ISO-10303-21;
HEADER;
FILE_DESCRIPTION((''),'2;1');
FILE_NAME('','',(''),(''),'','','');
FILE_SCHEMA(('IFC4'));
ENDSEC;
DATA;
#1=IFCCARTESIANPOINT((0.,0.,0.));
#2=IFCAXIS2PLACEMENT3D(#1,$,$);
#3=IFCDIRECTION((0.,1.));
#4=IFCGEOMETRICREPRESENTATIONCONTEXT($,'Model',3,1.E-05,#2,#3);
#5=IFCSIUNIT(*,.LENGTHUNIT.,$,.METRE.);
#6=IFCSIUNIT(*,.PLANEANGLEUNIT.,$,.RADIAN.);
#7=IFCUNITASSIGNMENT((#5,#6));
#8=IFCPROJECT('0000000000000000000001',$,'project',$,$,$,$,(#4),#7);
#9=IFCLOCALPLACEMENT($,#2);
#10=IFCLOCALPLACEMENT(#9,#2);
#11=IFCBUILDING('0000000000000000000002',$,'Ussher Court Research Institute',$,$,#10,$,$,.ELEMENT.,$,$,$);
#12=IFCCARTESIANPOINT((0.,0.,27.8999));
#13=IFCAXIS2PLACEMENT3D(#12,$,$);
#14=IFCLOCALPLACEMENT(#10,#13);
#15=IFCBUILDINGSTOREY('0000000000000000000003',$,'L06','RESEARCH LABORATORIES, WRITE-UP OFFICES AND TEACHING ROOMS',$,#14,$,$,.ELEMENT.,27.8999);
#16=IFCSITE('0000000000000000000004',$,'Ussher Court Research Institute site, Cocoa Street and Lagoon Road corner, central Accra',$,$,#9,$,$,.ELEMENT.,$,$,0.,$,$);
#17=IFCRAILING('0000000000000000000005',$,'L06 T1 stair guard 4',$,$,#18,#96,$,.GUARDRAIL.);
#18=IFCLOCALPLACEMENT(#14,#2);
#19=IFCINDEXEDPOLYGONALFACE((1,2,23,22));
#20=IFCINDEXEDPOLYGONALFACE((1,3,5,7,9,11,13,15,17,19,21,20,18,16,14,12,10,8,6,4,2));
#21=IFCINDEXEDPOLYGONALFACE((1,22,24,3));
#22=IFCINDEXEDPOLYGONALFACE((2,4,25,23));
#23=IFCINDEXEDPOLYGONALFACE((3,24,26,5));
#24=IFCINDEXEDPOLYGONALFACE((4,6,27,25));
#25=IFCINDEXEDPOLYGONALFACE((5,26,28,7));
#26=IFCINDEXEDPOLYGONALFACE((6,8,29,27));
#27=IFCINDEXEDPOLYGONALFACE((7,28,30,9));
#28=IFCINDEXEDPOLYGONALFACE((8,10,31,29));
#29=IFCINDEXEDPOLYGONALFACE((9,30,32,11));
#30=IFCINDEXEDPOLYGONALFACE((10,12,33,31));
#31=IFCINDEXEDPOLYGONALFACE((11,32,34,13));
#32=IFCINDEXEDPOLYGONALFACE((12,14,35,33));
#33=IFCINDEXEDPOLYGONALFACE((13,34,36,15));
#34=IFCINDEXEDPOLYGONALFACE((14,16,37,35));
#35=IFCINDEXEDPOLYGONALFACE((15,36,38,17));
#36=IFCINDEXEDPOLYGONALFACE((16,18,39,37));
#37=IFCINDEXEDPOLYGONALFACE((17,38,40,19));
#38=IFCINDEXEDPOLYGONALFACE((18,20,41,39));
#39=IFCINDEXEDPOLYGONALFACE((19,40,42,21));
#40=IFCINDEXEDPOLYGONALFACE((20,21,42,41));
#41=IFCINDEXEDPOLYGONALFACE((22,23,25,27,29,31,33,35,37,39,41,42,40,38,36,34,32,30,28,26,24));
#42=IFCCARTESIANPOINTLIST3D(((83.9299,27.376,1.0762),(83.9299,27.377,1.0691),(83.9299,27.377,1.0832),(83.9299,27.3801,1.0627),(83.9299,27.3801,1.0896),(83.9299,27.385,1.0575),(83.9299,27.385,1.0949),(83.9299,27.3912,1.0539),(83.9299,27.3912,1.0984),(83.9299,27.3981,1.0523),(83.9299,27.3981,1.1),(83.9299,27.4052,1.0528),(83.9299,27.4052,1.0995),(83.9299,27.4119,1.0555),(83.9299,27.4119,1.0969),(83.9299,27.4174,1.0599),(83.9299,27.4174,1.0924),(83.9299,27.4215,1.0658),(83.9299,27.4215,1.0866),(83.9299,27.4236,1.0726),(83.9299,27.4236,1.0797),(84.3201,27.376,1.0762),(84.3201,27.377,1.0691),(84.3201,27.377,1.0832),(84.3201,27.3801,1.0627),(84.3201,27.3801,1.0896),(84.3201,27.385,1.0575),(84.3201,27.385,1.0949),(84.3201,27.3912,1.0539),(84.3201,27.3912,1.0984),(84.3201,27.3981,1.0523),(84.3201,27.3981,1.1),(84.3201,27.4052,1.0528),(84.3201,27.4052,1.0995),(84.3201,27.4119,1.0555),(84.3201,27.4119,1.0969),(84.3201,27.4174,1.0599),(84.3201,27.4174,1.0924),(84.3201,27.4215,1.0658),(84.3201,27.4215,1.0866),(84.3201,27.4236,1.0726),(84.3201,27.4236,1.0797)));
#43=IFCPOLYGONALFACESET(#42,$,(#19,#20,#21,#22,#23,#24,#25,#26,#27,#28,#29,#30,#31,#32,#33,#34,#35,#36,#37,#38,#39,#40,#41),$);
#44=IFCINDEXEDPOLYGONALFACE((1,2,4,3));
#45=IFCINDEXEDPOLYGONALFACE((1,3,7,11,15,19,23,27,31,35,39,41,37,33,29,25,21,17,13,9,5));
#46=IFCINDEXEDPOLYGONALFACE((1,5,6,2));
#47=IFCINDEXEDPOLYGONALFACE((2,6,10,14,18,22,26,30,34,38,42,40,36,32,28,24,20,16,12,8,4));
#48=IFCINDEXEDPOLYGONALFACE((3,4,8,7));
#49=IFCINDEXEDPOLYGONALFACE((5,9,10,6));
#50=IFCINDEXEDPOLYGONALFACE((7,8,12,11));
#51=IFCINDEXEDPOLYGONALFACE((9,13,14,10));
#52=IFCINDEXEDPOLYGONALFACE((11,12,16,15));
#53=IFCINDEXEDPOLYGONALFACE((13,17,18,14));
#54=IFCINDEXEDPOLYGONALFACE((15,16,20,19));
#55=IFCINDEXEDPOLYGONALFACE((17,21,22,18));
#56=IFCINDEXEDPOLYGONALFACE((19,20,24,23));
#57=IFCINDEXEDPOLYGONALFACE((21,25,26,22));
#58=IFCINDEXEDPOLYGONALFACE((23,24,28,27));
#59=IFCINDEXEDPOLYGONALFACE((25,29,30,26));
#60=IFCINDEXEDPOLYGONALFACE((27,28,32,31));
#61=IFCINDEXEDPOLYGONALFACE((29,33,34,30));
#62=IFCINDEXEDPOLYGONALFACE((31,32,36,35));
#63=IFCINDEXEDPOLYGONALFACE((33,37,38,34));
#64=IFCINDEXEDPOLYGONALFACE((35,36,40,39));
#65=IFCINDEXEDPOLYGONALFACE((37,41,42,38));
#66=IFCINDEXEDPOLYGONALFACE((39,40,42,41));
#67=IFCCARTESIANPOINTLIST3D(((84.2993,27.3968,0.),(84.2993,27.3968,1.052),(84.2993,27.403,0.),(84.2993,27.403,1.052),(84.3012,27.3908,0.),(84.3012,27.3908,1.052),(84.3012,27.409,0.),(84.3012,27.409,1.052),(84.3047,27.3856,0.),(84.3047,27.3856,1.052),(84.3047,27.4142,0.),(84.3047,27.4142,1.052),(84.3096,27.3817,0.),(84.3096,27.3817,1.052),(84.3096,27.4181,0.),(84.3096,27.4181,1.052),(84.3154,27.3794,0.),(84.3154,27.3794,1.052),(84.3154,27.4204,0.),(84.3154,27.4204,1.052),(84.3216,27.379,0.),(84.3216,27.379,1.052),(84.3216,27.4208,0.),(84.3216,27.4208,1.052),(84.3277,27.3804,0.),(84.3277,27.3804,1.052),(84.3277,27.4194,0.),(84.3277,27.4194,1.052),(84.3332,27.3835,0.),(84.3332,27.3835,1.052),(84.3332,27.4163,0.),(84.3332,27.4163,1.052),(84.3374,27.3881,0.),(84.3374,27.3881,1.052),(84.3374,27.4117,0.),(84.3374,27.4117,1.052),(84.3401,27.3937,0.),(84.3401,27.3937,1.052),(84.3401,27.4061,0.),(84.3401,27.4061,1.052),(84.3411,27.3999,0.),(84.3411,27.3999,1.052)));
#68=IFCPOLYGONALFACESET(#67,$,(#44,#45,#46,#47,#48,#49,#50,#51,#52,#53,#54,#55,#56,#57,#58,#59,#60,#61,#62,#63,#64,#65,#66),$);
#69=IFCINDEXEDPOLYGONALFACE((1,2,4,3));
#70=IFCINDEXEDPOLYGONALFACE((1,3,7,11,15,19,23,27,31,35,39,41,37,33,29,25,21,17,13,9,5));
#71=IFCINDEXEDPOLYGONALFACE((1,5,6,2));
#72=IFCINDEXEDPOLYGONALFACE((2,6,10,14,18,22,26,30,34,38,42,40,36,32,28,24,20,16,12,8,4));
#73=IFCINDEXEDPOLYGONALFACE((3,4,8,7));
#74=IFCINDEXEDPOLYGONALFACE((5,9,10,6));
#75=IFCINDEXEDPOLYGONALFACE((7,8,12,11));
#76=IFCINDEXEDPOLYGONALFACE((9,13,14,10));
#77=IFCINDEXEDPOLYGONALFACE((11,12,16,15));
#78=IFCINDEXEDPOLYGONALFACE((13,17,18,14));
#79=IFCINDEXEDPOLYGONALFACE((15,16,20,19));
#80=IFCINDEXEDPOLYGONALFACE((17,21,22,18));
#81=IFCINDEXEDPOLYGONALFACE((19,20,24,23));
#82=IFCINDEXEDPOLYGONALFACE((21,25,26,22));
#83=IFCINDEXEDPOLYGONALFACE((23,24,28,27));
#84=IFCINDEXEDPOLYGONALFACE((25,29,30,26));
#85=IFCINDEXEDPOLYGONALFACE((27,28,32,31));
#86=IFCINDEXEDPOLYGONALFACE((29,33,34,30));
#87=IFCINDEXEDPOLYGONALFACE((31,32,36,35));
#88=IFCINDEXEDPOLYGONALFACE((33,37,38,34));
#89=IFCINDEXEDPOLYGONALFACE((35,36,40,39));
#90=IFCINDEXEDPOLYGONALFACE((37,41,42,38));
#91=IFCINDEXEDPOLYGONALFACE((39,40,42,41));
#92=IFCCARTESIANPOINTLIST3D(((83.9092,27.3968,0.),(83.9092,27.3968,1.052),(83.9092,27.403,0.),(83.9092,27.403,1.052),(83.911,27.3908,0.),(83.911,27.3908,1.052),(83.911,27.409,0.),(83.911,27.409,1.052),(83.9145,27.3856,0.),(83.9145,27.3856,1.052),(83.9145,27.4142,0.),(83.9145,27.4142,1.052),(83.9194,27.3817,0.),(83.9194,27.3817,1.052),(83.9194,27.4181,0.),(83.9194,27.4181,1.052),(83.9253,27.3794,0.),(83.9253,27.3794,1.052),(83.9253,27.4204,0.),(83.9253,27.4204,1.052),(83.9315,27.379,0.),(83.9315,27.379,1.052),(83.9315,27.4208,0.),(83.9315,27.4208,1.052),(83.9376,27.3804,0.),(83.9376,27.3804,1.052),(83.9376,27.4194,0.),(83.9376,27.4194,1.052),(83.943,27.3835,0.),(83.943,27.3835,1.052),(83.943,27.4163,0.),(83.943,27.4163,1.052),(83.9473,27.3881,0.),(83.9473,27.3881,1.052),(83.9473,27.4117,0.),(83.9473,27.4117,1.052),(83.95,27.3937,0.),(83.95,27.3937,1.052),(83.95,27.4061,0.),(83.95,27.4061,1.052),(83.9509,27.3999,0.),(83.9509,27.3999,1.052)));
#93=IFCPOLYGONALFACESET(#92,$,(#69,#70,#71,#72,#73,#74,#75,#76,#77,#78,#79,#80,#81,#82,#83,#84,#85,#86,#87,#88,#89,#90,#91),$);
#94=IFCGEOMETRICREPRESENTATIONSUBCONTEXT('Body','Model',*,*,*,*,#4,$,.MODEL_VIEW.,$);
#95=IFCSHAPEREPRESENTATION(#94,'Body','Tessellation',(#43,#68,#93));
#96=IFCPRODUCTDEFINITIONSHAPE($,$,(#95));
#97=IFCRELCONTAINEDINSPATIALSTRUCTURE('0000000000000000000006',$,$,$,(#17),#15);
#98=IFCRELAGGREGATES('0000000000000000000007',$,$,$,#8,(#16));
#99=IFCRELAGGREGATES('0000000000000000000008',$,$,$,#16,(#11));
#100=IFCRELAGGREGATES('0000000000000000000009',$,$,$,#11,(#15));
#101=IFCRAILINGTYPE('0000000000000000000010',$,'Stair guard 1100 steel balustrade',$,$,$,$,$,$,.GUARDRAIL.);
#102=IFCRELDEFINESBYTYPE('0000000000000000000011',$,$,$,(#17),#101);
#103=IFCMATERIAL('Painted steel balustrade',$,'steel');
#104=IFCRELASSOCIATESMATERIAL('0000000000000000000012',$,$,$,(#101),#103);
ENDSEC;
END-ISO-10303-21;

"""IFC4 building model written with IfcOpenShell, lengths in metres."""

from ifc_helpers import new_model, si_unit, direction, frame, origin, origin_2d, place, context, subcontext, project, spatial, circle, extrude, material, type_object, element, save


model = new_model("IFC4")

# Units and contexts
model_context = context("Model", 3, precision=1e-05, world=origin(), true_north=direction((0.0, 1.0)))
body_context = subcontext(model_context, "Body", "Model", "MODEL_VIEW")
ifc_project = project(units=[si_unit("LENGTHUNIT", "METRE"), si_unit("PLANEANGLEUNIT", "RADIAN")], contexts=[model_context])

# Site, building, storey
site_placement = place(None, origin())
site = spatial("IfcSite", under=ifc_project, at=site_placement, Name="Ussher Court Research Institute site, Cocoa Street and Lagoon Road corner, central Accra", CompositionType="ELEMENT", RefElevation=0.0)
building_placement = place(site_placement, origin())
building = spatial("IfcBuilding", under=site, at=building_placement, Name="Ussher Court Research Institute", CompositionType="ELEMENT")
storey_placement = place(building_placement, frame((0.0, 0.0, 27.8999)))
storey = spatial("IfcBuildingStorey", under=building, at=storey_placement, Name="L06", Description="RESEARCH LABORATORIES, WRITE-UP OFFICES AND TEACHING ROOMS", CompositionType="ELEMENT", Elevation=27.8999)

# Railing
ifc_material_1 = material(Name="Painted steel balustrade", Category="steel")
railing_type = type_object("IfcRailingType", Name="Stair guard 1100 steel balustrade", PredefinedType="GUARDRAIL", material=ifc_material_1)
railing_1_placement = place(storey_placement, frame((84.3201, 27.3999, 0.0)))
element("IfcRailing", 1, at=railing_1_placement, inside=storey, type_object=railing_type, Name="L06 T1 stair guard 4", PredefinedType="GUARDRAIL", context=body_context, shape_type="SweptSolid", body=[
    extrude(circle(Radius=0.0239, at=origin_2d()), frame((0.0, 0.0, 1.0762), z_axis=(-1.0, 0.0, 0.0), x_axis=(0.0, -1.0, 0.0)), (0.0, 0.0, 1.0), 0.3901),
    extrude(circle(Radius=0.021, at=origin_2d()), origin(), (0.0, 0.0, 1.0), 1.052),
    extrude(circle(Radius=0.021, at=origin_2d()), frame((-0.3901, 0.0, 0.0)), (0.0, 0.0, 1.0), 1.052),
])

save(model, "model.ifc")
